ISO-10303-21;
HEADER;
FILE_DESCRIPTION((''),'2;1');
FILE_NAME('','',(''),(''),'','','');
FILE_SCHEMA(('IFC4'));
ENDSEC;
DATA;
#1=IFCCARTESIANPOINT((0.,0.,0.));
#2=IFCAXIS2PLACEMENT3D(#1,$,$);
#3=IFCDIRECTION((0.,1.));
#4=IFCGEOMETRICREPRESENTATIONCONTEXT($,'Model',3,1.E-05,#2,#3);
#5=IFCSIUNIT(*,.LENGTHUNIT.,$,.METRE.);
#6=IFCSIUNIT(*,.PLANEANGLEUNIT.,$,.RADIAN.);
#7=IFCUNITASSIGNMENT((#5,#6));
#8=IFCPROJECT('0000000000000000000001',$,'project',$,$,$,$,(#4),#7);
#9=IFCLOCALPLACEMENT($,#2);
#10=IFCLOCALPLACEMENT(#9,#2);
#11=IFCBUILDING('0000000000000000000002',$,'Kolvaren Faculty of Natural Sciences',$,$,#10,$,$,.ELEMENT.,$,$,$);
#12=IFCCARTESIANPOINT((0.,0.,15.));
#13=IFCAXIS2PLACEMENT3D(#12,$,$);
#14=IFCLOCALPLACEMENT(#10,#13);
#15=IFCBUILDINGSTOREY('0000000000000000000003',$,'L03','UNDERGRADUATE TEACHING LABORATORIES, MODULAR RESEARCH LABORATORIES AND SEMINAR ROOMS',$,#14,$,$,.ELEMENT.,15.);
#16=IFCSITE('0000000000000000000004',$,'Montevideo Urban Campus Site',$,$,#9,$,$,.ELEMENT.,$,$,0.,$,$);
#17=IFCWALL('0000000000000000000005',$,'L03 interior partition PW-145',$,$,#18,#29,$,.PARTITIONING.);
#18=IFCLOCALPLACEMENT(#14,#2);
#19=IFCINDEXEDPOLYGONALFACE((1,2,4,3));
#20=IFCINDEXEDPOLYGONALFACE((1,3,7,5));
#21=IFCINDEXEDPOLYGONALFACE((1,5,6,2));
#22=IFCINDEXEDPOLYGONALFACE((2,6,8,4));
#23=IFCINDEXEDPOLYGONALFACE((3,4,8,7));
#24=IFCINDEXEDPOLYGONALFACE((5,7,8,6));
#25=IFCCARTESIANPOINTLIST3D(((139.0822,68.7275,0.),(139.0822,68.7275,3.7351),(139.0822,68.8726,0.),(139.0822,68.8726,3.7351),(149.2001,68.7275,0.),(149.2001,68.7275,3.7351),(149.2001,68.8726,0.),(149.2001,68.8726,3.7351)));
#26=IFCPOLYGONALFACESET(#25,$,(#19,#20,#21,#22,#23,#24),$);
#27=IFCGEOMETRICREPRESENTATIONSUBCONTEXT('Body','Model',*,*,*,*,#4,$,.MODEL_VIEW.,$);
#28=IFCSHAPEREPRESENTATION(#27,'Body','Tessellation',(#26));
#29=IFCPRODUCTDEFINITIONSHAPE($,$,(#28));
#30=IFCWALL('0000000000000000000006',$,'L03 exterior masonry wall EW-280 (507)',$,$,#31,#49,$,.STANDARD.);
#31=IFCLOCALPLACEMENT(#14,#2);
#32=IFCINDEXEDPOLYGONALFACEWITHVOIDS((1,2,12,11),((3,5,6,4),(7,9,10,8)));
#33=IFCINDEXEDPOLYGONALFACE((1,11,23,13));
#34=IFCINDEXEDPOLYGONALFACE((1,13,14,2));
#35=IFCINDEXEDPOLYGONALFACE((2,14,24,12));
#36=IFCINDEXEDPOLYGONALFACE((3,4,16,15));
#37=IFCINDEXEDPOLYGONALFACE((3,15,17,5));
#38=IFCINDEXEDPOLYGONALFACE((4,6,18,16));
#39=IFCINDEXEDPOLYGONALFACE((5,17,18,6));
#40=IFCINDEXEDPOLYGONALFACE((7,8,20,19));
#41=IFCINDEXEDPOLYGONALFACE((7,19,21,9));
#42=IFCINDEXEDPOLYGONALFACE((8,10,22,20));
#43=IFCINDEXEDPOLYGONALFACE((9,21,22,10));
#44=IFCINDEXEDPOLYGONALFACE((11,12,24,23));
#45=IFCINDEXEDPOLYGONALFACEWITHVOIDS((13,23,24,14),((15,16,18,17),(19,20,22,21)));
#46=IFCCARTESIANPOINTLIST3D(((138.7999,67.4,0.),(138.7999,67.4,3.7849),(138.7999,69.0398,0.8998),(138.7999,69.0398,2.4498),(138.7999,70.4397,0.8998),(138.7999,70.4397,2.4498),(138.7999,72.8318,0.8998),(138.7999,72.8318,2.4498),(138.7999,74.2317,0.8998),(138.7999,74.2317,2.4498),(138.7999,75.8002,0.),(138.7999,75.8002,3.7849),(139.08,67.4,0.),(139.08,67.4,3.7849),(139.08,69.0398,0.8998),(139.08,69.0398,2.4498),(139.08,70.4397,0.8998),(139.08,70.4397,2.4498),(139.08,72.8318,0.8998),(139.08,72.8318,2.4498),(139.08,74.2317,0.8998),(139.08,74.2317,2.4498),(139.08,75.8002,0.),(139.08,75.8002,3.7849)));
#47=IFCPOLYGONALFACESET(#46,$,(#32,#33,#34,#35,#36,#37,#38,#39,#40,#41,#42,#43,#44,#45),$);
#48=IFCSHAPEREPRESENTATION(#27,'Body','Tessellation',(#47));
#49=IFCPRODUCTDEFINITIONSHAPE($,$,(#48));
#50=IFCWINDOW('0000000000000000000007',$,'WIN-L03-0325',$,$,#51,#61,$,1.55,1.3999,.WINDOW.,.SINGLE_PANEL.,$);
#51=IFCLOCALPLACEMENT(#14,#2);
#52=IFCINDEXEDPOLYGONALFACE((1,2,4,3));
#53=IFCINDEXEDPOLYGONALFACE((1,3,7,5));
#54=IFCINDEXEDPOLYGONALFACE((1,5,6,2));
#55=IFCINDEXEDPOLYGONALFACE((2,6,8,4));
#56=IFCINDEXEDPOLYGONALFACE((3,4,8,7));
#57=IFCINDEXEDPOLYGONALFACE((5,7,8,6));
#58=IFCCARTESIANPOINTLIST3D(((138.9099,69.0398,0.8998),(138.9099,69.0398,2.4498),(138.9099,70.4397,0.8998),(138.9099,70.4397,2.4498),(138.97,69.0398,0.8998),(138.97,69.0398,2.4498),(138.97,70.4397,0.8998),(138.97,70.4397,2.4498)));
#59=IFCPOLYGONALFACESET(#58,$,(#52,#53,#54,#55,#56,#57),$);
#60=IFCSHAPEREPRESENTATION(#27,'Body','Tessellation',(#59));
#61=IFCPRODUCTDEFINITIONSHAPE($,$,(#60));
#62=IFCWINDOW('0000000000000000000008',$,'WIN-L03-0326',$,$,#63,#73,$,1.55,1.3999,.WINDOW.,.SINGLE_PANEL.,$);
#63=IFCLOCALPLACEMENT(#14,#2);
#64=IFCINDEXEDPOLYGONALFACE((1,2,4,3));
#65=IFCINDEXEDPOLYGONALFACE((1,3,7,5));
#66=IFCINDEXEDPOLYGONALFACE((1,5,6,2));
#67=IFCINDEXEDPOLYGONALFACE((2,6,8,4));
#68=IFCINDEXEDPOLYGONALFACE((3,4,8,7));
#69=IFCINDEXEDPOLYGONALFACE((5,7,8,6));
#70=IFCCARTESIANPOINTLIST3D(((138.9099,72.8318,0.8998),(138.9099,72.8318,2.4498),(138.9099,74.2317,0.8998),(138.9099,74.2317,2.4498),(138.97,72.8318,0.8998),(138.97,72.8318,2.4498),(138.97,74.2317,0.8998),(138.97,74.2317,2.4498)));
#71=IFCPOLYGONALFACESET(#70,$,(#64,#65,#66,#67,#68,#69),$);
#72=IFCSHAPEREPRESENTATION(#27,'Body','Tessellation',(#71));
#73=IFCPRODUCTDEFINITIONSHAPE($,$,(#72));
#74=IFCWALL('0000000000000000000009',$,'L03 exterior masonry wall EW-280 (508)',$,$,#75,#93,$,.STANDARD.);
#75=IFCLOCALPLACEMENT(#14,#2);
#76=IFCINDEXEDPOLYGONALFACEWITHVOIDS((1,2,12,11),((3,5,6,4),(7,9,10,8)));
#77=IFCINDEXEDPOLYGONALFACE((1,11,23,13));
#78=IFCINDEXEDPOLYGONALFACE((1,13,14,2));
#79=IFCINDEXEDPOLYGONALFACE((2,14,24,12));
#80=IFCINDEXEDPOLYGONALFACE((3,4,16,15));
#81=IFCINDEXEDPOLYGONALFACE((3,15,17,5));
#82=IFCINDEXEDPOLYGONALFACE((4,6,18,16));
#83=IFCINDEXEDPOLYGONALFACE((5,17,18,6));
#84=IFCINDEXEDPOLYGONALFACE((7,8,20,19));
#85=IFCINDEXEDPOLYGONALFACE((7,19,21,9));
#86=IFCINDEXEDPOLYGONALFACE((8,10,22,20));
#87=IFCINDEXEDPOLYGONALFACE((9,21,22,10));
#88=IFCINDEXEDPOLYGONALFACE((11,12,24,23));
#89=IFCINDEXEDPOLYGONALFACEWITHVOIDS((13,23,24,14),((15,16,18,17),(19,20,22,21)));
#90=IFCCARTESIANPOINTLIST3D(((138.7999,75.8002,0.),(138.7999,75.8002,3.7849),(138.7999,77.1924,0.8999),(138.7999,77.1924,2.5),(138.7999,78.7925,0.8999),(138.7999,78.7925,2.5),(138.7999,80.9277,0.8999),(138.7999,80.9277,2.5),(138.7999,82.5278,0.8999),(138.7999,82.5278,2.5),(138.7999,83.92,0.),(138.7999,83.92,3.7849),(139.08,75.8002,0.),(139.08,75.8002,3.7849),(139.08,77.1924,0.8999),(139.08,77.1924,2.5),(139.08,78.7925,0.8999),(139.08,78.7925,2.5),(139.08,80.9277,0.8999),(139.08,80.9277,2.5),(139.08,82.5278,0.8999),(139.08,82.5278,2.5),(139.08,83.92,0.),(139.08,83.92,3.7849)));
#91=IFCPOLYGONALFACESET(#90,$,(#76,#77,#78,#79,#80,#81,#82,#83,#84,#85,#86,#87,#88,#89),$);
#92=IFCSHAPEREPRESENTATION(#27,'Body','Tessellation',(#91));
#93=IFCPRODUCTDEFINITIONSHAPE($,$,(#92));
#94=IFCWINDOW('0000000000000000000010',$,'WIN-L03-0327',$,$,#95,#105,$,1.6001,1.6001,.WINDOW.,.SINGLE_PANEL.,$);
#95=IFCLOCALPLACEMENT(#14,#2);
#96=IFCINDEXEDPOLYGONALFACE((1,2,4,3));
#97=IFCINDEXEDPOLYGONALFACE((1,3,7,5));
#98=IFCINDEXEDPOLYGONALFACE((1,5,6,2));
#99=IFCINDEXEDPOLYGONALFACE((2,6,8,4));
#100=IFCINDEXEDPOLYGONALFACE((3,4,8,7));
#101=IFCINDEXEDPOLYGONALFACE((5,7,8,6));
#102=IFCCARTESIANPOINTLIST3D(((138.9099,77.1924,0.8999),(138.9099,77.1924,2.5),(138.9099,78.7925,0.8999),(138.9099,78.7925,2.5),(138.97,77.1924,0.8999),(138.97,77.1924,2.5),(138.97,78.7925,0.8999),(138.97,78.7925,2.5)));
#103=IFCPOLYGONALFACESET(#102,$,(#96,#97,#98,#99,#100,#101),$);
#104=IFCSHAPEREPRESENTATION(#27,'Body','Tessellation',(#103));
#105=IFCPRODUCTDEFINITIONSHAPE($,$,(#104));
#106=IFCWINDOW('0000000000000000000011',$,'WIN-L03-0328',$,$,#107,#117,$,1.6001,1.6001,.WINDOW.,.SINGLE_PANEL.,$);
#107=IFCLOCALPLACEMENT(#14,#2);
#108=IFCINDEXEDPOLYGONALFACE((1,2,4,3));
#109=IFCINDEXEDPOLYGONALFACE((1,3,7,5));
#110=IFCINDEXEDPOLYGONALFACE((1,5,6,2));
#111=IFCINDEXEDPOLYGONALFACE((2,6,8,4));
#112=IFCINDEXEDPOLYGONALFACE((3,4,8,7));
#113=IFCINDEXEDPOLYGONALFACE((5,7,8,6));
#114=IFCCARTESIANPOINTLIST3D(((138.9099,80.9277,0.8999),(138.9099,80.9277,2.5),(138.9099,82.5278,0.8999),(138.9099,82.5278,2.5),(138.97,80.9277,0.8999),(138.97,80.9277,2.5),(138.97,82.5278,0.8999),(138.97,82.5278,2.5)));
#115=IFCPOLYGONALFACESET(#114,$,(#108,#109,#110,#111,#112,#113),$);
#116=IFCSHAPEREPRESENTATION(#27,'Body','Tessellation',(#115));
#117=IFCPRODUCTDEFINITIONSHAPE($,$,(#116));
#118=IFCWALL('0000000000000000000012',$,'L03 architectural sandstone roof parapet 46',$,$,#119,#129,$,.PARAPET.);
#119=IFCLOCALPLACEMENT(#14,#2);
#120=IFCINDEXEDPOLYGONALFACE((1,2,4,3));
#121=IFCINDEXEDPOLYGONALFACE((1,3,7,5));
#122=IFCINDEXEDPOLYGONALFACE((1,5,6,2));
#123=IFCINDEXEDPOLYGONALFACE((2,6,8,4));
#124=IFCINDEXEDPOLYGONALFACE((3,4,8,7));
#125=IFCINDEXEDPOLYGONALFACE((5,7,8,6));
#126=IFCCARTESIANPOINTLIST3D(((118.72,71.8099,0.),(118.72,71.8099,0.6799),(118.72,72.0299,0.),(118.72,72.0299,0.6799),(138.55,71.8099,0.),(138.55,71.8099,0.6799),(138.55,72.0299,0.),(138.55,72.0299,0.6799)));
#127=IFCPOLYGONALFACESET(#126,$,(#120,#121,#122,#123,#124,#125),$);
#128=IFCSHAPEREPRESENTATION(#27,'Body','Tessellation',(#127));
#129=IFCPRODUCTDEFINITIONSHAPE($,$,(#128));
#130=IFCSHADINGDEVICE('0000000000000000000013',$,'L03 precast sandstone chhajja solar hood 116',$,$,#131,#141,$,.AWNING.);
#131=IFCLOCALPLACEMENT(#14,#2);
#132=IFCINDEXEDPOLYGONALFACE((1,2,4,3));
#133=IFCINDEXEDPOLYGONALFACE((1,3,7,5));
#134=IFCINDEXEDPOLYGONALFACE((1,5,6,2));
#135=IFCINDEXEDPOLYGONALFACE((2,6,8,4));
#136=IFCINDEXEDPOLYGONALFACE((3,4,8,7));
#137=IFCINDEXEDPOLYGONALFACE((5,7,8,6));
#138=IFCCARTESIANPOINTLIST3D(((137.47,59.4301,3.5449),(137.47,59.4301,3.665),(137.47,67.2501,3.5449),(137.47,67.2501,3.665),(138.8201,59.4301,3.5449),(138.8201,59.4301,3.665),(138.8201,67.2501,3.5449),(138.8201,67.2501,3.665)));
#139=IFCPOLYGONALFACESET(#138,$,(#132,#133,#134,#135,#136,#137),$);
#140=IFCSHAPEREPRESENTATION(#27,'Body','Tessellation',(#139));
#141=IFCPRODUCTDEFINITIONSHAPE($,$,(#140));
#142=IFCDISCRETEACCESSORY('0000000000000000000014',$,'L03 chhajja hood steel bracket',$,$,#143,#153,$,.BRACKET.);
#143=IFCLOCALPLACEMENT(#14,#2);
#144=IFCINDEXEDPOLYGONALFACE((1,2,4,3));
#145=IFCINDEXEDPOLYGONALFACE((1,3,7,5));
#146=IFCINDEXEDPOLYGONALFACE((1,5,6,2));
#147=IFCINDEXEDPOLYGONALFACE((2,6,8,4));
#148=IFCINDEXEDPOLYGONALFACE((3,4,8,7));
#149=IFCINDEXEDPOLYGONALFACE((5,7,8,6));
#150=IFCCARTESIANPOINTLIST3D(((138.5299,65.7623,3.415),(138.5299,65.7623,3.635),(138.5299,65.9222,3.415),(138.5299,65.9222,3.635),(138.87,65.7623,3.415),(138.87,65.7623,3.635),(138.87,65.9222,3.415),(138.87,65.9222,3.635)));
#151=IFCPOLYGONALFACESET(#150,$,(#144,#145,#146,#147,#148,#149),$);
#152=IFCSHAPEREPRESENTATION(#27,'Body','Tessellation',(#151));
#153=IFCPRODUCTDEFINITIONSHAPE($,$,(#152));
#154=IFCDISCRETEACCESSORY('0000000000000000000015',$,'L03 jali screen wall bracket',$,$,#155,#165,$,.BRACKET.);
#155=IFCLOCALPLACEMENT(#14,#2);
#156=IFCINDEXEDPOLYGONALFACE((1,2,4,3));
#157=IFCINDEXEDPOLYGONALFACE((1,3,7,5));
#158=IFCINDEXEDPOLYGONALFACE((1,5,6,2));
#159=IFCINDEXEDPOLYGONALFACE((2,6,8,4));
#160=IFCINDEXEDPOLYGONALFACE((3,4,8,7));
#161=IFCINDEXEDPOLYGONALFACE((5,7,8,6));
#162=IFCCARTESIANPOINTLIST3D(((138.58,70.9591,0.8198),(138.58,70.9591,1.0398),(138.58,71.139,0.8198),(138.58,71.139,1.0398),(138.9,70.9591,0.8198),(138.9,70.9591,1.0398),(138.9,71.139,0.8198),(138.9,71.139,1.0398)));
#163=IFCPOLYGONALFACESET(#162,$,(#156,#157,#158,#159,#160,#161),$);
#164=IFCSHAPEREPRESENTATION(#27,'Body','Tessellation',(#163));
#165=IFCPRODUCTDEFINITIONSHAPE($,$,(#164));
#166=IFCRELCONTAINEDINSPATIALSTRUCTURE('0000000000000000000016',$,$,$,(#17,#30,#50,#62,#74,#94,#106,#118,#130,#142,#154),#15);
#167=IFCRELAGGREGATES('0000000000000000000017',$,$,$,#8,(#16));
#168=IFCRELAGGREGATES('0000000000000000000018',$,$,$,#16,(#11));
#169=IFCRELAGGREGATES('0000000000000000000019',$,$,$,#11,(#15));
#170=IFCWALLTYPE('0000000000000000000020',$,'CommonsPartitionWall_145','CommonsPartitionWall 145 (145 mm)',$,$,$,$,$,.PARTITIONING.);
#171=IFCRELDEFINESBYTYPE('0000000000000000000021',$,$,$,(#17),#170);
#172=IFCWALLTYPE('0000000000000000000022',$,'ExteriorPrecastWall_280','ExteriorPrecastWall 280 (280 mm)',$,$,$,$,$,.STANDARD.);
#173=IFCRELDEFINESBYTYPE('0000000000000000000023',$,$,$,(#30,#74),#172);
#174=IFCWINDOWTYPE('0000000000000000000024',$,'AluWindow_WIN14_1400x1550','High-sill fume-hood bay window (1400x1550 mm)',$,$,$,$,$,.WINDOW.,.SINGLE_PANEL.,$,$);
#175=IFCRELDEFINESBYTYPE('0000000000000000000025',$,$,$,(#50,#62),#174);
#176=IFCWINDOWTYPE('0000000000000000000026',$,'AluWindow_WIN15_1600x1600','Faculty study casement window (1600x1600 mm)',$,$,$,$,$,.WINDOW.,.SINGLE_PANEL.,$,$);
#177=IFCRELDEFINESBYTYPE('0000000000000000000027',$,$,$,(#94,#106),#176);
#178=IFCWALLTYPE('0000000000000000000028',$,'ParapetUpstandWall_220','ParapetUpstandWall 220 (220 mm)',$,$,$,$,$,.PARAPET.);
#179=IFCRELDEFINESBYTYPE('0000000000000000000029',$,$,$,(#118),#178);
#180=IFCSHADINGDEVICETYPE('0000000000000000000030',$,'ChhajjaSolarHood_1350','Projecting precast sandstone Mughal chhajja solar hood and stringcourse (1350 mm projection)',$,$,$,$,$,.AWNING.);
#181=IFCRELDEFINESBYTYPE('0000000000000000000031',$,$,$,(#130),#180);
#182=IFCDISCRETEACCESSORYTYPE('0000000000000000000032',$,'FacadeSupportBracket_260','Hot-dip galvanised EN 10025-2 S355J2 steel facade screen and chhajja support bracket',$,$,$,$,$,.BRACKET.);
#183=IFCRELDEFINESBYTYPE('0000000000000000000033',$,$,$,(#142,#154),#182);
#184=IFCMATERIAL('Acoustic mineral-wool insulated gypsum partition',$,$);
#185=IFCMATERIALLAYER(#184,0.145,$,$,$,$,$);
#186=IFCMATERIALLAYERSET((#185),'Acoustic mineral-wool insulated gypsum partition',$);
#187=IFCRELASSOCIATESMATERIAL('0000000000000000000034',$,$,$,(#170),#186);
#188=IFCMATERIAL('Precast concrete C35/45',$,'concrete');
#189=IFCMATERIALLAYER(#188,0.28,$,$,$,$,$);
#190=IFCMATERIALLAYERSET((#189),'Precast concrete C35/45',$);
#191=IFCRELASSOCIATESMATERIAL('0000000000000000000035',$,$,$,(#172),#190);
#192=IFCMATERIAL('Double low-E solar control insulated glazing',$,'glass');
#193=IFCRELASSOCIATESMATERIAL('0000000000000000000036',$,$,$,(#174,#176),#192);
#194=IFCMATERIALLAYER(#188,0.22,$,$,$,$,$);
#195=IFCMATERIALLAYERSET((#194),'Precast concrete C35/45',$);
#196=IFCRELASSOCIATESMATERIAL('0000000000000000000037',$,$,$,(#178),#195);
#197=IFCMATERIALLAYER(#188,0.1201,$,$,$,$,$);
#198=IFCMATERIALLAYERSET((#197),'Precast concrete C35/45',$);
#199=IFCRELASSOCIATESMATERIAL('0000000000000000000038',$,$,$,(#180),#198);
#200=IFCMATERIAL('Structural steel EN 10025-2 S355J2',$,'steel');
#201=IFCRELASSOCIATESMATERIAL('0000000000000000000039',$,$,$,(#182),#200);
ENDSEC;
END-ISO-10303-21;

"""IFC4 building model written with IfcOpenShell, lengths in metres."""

from ifc_helpers import new_model, si_unit, direction, frame, frame_2d, origin, origin_2d, place, context, subcontext, project, spatial, rectangle, extrude, material, layer, layer_set, type_object, element, fill, save


model = new_model("IFC4")

# Units and contexts
model_context = context("Model", 3, precision=1e-05, world=origin(), true_north=direction((0.0, 1.0)))
body_context = subcontext(model_context, "Body", "Model", "MODEL_VIEW")
ifc_project = project(units=[si_unit("LENGTHUNIT", "METRE"), si_unit("PLANEANGLEUNIT", "RADIAN")], contexts=[model_context])

# Site, building, storey
site_placement = place(None, origin())
site = spatial("IfcSite", under=ifc_project, at=site_placement, Name="Montevideo Urban Campus Site", CompositionType="ELEMENT", RefElevation=0.0)
building_placement = place(site_placement, origin())
building = spatial("IfcBuilding", under=site, at=building_placement, Name="Kolvaren Faculty of Natural Sciences", CompositionType="ELEMENT")
storey_placement = place(building_placement, frame((0.0, 0.0, 15.0)))
storey = spatial("IfcBuildingStorey", under=building, at=storey_placement, Name="L03", Description="UNDERGRADUATE TEACHING LABORATORIES, MODULAR RESEARCH LABORATORIES AND SEMINAR ROOMS", CompositionType="ELEMENT", Elevation=15.0)

# Shared definitions
ifc_material_1 = material(Name="Acoustic mineral-wool insulated gypsum partition")

# Wall
ifc_layer_1 = layer(ifc_material_1, 0.145)
ifc_layer_set_1 = layer_set([ifc_layer_1], Name="Acoustic mineral-wool insulated gypsum partition")
wall_type_1 = type_object("IfcWallType", Name="CommonsPartitionWall_145", Description="CommonsPartitionWall 145 (145 mm)", PredefinedType="PARTITIONING", material=ifc_layer_set_1)
wall_1_placement = place(storey_placement, frame((139.082, 68.8, 0.0), z_axis=(0.0, 0.0, 1.0), x_axis=(1.0, 0.0, 0.0)))
element("IfcWall", 1, at=wall_1_placement, inside=storey, type_object=wall_type_1, Name="L03 interior partition PW-145", PredefinedType="PARTITIONING", context=body_context, shape_type="SweptSolid", body=[
    extrude(rectangle(XDim=10.1179, YDim=0.145, at=frame_2d((5.0591, 0.0))), origin(), (0.0, 0.0, 1.0), 3.7351),
])

# Walls, openings, windows
ifc_material_2 = material(Name="Precast concrete C35/45", Category="concrete")
ifc_layer_2 = layer(ifc_material_2, 0.28)
ifc_layer_set_2 = layer_set([ifc_layer_2], Name="Precast concrete C35/45")
wall_type_2 = type_object("IfcWallType", Name="ExteriorPrecastWall_280", Description="ExteriorPrecastWall 280 (280 mm)", PredefinedType="STANDARD", material=ifc_layer_set_2)
wall_2_placement = place(storey_placement, frame((138.9399, 67.3999, 0.0), z_axis=(0.0, 0.0, 1.0), x_axis=(0.0, 1.0, 0.0)))
wall_2 = element("IfcWall", 2, at=wall_2_placement, inside=storey, type_object=wall_type_2, Name="L03 exterior masonry wall EW-280 (507)", PredefinedType="STANDARD", context=body_context, shape_type="SweptSolid", body=[
    extrude(rectangle(XDim=8.4001, YDim=0.28, at=frame_2d((4.2002, 0.0))), origin(), (0.0, 0.0, 1.0), 3.7849),
])
opening_1_placement = place(wall_2_placement, frame((1.6399, 0.0, 0.8999)))
opening_1 = element("IfcOpeningElement", 3, at=opening_1_placement, cuts=wall_2, PredefinedType="OPENING", context=body_context, shape_type="SweptSolid", body=[
    extrude(rectangle(XDim=1.3999, YDim=1.55, at=frame_2d((0.7, 0.7749))), frame((0.0, 0.1499, 0.0), z_axis=(0.0, -1.0, 0.0), x_axis=(1.0, 0.0, 0.0)), (0.0, 0.0, 1.0), 0.3),
])
opening_2_placement = place(wall_2_placement, frame((5.4319, 0.0, 0.8999)))
opening_2 = element("IfcOpeningElement", 4, at=opening_2_placement, cuts=wall_2, PredefinedType="OPENING", context=body_context, shape_type="SweptSolid", body=[
    extrude(rectangle(XDim=1.3999, YDim=1.55, at=frame_2d((0.7, 0.7749))), frame((0.0, 0.1499, 0.0), z_axis=(0.0, -1.0, 0.0), x_axis=(1.0, 0.0, 0.0)), (0.0, 0.0, 1.0), 0.3),
])
ifc_material_3 = material(Name="Double low-E solar control insulated glazing", Category="glass")
window_type_1 = type_object("IfcWindowType", Name="AluWindow_WIN14_1400x1550", Description="High-sill fume-hood bay window (1400x1550 mm)", PartitioningType="SINGLE_PANEL", PredefinedType="WINDOW", material=ifc_material_3)
window_1_placement = place(opening_1_placement, origin())
window_1 = element("IfcWindow", 5, at=window_1_placement, inside=storey, type_object=window_type_1, Name="WIN-L03-0325", OverallHeight=1.55, OverallWidth=1.3999, PartitioningType="SINGLE_PANEL", PredefinedType="WINDOW", context=body_context, shape_type="SweptSolid", body=[
    extrude(rectangle(XDim=1.3999, YDim=1.55, at=frame_2d((0.7, 0.7749))), frame((0.0, 0.03, 0.0), z_axis=(0.0, -1.0, 0.0), x_axis=(1.0, 0.0, 0.0)), (0.0, 0.0, 1.0), 0.0601),
])
fill(opening_1, window_1)
window_2_placement = place(opening_2_placement, origin())
window_2 = element("IfcWindow", 6, at=window_2_placement, inside=storey, type_object=window_type_1, Name="WIN-L03-0326", OverallHeight=1.55, OverallWidth=1.3999, PartitioningType="SINGLE_PANEL", PredefinedType="WINDOW", context=body_context, shape_type="SweptSolid", body=[
    extrude(rectangle(XDim=1.3999, YDim=1.55, at=frame_2d((0.7, 0.7749))), frame((0.0, 0.03, 0.0), z_axis=(0.0, -1.0, 0.0), x_axis=(1.0, 0.0, 0.0)), (0.0, 0.0, 1.0), 0.0601),
])
fill(opening_2, window_2)
wall_3_placement = place(storey_placement, frame((138.9399, 75.8, 0.0), z_axis=(0.0, 0.0, 1.0), x_axis=(0.0, 1.0, 0.0)))
wall_3 = element("IfcWall", 7, at=wall_3_placement, inside=storey, type_object=wall_type_2, Name="L03 exterior masonry wall EW-280 (508)", PredefinedType="STANDARD", context=body_context, shape_type="SweptSolid", body=[
    extrude(rectangle(XDim=8.1199, YDim=0.28, at=frame_2d((4.0601, 0.0))), origin(), (0.0, 0.0, 1.0), 3.7849),
])
opening_3_placement = place(wall_3_placement, frame((1.3923, 0.0, 0.8999)))
opening_3 = element("IfcOpeningElement", 8, at=opening_3_placement, cuts=wall_3, PredefinedType="OPENING", context=body_context, shape_type="SweptSolid", body=[
    extrude(rectangle(XDim=1.6001, YDim=1.6001, at=frame_2d((0.8, 0.8))), frame((0.0, 0.1499, 0.0), z_axis=(0.0, -1.0, 0.0), x_axis=(1.0, 0.0, 0.0)), (0.0, 0.0, 1.0), 0.3),
])
opening_4_placement = place(wall_3_placement, frame((5.1277, 0.0, 0.8999)))
opening_4 = element("IfcOpeningElement", 9, at=opening_4_placement, cuts=wall_3, PredefinedType="OPENING", context=body_context, shape_type="SweptSolid", body=[
    extrude(rectangle(XDim=1.6001, YDim=1.6001, at=frame_2d((0.8, 0.8))), frame((0.0, 0.1499, 0.0), z_axis=(0.0, -1.0, 0.0), x_axis=(1.0, 0.0, 0.0)), (0.0, 0.0, 1.0), 0.3),
])
window_type_2 = type_object("IfcWindowType", Name="AluWindow_WIN15_1600x1600", Description="Faculty study casement window (1600x1600 mm)", PartitioningType="SINGLE_PANEL", PredefinedType="WINDOW", material=ifc_material_3)
window_3_placement = place(opening_3_placement, origin())
window_3 = element("IfcWindow", 10, at=window_3_placement, inside=storey, type_object=window_type_2, Name="WIN-L03-0327", OverallHeight=1.6001, OverallWidth=1.6001, PartitioningType="SINGLE_PANEL", PredefinedType="WINDOW", context=body_context, shape_type="SweptSolid", body=[
    extrude(rectangle(XDim=1.6001, YDim=1.6001, at=frame_2d((0.8, 0.8))), frame((0.0, 0.03, 0.0), z_axis=(0.0, -1.0, 0.0), x_axis=(1.0, 0.0, 0.0)), (0.0, 0.0, 1.0), 0.0601),
])
fill(opening_3, window_3)
window_4_placement = place(opening_4_placement, origin())
window_4 = element("IfcWindow", 11, at=window_4_placement, inside=storey, type_object=window_type_2, Name="WIN-L03-0328", OverallHeight=1.6001, OverallWidth=1.6001, PartitioningType="SINGLE_PANEL", PredefinedType="WINDOW", context=body_context, shape_type="SweptSolid", body=[
    extrude(rectangle(XDim=1.6001, YDim=1.6001, at=frame_2d((0.8, 0.8))), frame((0.0, 0.03, 0.0), z_axis=(0.0, -1.0, 0.0), x_axis=(1.0, 0.0, 0.0)), (0.0, 0.0, 1.0), 0.0601),
])
fill(opening_4, window_4)

# Wall
ifc_layer_3 = layer(ifc_material_2, 0.22)
ifc_layer_set_3 = layer_set([ifc_layer_3], Name="Precast concrete C35/45")
wall_type_3 = type_object("IfcWallType", Name="ParapetUpstandWall_220", Description="ParapetUpstandWall 220 (220 mm)", PredefinedType="PARAPET", material=ifc_layer_set_3)
wall_4_placement = place(storey_placement, frame((138.55, 71.9199, 0.0), z_axis=(0.0, 0.0, 1.0), x_axis=(-1.0, 0.0, 0.0)))
element("IfcWall", 12, at=wall_4_placement, inside=storey, type_object=wall_type_3, Name="L03 architectural sandstone roof parapet 46", PredefinedType="PARAPET", context=body_context, shape_type="SweptSolid", body=[
    extrude(rectangle(XDim=19.8301, YDim=0.22, at=frame_2d((9.915, 0.0))), origin(), (0.0, 0.0, 1.0), 0.6799),
])

# Shading device
ifc_layer_4 = layer(ifc_material_2, 0.1201)
ifc_layer_set_4 = layer_set([ifc_layer_4], Name="Precast concrete C35/45")
shading_device_type = type_object("IfcShadingDeviceType", Name="ChhajjaSolarHood_1350", Description="Projecting precast sandstone Mughal chhajja solar hood and stringcourse (1350 mm projection)", PredefinedType="AWNING", material=ifc_layer_set_4)
shading_device_placement = place(storey_placement, frame((138.145, 63.3401, 3.5449), z_axis=(0.0, 0.0, 1.0), x_axis=(0.0, 1.0, 0.0)))
element("IfcShadingDevice", 13, at=shading_device_placement, inside=storey, type_object=shading_device_type, Name="L03 precast sandstone chhajja solar hood 116", PredefinedType="AWNING", context=body_context, shape_type="SweptSolid", body=[
    extrude(rectangle(XDim=7.8201, YDim=1.3501, at=origin_2d()), origin(), (0.0, 0.0, 1.0), 0.1201),
])

# Discrete accessories
ifc_material_4 = material(Name="Structural steel EN 10025-2 S355J2", Category="steel")
discrete_accessory_type = type_object("IfcDiscreteAccessoryType", Name="FacadeSupportBracket_260", Description="Hot-dip galvanised EN 10025-2 S355J2 steel facade screen and chhajja support bracket", PredefinedType="BRACKET", material=ifc_material_4)
discrete_accessory_placement = place(storey_placement, frame((138.7, 65.8423, 3.415), z_axis=(0.0, 0.0, 1.0), x_axis=(0.0, 1.0, 0.0)))
element("IfcDiscreteAccessory", 14, at=discrete_accessory_placement, inside=storey, type_object=discrete_accessory_type, Name="L03 chhajja hood steel bracket", PredefinedType="BRACKET", context=body_context, shape_type="SweptSolid", body=[
    extrude(rectangle(XDim=0.1599, YDim=0.3401, at=origin_2d()), origin(), (0.0, 0.0, 1.0), 0.22),
])
for number, where, z_axis, x_axis, name in (
    (15, (138.74, 71.0491, 0.8198), (0.0, 0.0, 1.0), (0.0, 1.0, 0.0), "L03 jali screen wall bracket"),
):
    element("IfcDiscreteAccessory", number, at=place(storey_placement, frame(where, z_axis=z_axis, x_axis=x_axis)), inside=storey, type_object=discrete_accessory_type, Name=name, PredefinedType="BRACKET", context=body_context, shape_type="SweptSolid", body=[
        extrude(rectangle(XDim=0.1799, YDim=0.3201, at=origin_2d()), origin(), (0.0, 0.0, 1.0), 0.22),
    ])

save(model, "model.ifc")
